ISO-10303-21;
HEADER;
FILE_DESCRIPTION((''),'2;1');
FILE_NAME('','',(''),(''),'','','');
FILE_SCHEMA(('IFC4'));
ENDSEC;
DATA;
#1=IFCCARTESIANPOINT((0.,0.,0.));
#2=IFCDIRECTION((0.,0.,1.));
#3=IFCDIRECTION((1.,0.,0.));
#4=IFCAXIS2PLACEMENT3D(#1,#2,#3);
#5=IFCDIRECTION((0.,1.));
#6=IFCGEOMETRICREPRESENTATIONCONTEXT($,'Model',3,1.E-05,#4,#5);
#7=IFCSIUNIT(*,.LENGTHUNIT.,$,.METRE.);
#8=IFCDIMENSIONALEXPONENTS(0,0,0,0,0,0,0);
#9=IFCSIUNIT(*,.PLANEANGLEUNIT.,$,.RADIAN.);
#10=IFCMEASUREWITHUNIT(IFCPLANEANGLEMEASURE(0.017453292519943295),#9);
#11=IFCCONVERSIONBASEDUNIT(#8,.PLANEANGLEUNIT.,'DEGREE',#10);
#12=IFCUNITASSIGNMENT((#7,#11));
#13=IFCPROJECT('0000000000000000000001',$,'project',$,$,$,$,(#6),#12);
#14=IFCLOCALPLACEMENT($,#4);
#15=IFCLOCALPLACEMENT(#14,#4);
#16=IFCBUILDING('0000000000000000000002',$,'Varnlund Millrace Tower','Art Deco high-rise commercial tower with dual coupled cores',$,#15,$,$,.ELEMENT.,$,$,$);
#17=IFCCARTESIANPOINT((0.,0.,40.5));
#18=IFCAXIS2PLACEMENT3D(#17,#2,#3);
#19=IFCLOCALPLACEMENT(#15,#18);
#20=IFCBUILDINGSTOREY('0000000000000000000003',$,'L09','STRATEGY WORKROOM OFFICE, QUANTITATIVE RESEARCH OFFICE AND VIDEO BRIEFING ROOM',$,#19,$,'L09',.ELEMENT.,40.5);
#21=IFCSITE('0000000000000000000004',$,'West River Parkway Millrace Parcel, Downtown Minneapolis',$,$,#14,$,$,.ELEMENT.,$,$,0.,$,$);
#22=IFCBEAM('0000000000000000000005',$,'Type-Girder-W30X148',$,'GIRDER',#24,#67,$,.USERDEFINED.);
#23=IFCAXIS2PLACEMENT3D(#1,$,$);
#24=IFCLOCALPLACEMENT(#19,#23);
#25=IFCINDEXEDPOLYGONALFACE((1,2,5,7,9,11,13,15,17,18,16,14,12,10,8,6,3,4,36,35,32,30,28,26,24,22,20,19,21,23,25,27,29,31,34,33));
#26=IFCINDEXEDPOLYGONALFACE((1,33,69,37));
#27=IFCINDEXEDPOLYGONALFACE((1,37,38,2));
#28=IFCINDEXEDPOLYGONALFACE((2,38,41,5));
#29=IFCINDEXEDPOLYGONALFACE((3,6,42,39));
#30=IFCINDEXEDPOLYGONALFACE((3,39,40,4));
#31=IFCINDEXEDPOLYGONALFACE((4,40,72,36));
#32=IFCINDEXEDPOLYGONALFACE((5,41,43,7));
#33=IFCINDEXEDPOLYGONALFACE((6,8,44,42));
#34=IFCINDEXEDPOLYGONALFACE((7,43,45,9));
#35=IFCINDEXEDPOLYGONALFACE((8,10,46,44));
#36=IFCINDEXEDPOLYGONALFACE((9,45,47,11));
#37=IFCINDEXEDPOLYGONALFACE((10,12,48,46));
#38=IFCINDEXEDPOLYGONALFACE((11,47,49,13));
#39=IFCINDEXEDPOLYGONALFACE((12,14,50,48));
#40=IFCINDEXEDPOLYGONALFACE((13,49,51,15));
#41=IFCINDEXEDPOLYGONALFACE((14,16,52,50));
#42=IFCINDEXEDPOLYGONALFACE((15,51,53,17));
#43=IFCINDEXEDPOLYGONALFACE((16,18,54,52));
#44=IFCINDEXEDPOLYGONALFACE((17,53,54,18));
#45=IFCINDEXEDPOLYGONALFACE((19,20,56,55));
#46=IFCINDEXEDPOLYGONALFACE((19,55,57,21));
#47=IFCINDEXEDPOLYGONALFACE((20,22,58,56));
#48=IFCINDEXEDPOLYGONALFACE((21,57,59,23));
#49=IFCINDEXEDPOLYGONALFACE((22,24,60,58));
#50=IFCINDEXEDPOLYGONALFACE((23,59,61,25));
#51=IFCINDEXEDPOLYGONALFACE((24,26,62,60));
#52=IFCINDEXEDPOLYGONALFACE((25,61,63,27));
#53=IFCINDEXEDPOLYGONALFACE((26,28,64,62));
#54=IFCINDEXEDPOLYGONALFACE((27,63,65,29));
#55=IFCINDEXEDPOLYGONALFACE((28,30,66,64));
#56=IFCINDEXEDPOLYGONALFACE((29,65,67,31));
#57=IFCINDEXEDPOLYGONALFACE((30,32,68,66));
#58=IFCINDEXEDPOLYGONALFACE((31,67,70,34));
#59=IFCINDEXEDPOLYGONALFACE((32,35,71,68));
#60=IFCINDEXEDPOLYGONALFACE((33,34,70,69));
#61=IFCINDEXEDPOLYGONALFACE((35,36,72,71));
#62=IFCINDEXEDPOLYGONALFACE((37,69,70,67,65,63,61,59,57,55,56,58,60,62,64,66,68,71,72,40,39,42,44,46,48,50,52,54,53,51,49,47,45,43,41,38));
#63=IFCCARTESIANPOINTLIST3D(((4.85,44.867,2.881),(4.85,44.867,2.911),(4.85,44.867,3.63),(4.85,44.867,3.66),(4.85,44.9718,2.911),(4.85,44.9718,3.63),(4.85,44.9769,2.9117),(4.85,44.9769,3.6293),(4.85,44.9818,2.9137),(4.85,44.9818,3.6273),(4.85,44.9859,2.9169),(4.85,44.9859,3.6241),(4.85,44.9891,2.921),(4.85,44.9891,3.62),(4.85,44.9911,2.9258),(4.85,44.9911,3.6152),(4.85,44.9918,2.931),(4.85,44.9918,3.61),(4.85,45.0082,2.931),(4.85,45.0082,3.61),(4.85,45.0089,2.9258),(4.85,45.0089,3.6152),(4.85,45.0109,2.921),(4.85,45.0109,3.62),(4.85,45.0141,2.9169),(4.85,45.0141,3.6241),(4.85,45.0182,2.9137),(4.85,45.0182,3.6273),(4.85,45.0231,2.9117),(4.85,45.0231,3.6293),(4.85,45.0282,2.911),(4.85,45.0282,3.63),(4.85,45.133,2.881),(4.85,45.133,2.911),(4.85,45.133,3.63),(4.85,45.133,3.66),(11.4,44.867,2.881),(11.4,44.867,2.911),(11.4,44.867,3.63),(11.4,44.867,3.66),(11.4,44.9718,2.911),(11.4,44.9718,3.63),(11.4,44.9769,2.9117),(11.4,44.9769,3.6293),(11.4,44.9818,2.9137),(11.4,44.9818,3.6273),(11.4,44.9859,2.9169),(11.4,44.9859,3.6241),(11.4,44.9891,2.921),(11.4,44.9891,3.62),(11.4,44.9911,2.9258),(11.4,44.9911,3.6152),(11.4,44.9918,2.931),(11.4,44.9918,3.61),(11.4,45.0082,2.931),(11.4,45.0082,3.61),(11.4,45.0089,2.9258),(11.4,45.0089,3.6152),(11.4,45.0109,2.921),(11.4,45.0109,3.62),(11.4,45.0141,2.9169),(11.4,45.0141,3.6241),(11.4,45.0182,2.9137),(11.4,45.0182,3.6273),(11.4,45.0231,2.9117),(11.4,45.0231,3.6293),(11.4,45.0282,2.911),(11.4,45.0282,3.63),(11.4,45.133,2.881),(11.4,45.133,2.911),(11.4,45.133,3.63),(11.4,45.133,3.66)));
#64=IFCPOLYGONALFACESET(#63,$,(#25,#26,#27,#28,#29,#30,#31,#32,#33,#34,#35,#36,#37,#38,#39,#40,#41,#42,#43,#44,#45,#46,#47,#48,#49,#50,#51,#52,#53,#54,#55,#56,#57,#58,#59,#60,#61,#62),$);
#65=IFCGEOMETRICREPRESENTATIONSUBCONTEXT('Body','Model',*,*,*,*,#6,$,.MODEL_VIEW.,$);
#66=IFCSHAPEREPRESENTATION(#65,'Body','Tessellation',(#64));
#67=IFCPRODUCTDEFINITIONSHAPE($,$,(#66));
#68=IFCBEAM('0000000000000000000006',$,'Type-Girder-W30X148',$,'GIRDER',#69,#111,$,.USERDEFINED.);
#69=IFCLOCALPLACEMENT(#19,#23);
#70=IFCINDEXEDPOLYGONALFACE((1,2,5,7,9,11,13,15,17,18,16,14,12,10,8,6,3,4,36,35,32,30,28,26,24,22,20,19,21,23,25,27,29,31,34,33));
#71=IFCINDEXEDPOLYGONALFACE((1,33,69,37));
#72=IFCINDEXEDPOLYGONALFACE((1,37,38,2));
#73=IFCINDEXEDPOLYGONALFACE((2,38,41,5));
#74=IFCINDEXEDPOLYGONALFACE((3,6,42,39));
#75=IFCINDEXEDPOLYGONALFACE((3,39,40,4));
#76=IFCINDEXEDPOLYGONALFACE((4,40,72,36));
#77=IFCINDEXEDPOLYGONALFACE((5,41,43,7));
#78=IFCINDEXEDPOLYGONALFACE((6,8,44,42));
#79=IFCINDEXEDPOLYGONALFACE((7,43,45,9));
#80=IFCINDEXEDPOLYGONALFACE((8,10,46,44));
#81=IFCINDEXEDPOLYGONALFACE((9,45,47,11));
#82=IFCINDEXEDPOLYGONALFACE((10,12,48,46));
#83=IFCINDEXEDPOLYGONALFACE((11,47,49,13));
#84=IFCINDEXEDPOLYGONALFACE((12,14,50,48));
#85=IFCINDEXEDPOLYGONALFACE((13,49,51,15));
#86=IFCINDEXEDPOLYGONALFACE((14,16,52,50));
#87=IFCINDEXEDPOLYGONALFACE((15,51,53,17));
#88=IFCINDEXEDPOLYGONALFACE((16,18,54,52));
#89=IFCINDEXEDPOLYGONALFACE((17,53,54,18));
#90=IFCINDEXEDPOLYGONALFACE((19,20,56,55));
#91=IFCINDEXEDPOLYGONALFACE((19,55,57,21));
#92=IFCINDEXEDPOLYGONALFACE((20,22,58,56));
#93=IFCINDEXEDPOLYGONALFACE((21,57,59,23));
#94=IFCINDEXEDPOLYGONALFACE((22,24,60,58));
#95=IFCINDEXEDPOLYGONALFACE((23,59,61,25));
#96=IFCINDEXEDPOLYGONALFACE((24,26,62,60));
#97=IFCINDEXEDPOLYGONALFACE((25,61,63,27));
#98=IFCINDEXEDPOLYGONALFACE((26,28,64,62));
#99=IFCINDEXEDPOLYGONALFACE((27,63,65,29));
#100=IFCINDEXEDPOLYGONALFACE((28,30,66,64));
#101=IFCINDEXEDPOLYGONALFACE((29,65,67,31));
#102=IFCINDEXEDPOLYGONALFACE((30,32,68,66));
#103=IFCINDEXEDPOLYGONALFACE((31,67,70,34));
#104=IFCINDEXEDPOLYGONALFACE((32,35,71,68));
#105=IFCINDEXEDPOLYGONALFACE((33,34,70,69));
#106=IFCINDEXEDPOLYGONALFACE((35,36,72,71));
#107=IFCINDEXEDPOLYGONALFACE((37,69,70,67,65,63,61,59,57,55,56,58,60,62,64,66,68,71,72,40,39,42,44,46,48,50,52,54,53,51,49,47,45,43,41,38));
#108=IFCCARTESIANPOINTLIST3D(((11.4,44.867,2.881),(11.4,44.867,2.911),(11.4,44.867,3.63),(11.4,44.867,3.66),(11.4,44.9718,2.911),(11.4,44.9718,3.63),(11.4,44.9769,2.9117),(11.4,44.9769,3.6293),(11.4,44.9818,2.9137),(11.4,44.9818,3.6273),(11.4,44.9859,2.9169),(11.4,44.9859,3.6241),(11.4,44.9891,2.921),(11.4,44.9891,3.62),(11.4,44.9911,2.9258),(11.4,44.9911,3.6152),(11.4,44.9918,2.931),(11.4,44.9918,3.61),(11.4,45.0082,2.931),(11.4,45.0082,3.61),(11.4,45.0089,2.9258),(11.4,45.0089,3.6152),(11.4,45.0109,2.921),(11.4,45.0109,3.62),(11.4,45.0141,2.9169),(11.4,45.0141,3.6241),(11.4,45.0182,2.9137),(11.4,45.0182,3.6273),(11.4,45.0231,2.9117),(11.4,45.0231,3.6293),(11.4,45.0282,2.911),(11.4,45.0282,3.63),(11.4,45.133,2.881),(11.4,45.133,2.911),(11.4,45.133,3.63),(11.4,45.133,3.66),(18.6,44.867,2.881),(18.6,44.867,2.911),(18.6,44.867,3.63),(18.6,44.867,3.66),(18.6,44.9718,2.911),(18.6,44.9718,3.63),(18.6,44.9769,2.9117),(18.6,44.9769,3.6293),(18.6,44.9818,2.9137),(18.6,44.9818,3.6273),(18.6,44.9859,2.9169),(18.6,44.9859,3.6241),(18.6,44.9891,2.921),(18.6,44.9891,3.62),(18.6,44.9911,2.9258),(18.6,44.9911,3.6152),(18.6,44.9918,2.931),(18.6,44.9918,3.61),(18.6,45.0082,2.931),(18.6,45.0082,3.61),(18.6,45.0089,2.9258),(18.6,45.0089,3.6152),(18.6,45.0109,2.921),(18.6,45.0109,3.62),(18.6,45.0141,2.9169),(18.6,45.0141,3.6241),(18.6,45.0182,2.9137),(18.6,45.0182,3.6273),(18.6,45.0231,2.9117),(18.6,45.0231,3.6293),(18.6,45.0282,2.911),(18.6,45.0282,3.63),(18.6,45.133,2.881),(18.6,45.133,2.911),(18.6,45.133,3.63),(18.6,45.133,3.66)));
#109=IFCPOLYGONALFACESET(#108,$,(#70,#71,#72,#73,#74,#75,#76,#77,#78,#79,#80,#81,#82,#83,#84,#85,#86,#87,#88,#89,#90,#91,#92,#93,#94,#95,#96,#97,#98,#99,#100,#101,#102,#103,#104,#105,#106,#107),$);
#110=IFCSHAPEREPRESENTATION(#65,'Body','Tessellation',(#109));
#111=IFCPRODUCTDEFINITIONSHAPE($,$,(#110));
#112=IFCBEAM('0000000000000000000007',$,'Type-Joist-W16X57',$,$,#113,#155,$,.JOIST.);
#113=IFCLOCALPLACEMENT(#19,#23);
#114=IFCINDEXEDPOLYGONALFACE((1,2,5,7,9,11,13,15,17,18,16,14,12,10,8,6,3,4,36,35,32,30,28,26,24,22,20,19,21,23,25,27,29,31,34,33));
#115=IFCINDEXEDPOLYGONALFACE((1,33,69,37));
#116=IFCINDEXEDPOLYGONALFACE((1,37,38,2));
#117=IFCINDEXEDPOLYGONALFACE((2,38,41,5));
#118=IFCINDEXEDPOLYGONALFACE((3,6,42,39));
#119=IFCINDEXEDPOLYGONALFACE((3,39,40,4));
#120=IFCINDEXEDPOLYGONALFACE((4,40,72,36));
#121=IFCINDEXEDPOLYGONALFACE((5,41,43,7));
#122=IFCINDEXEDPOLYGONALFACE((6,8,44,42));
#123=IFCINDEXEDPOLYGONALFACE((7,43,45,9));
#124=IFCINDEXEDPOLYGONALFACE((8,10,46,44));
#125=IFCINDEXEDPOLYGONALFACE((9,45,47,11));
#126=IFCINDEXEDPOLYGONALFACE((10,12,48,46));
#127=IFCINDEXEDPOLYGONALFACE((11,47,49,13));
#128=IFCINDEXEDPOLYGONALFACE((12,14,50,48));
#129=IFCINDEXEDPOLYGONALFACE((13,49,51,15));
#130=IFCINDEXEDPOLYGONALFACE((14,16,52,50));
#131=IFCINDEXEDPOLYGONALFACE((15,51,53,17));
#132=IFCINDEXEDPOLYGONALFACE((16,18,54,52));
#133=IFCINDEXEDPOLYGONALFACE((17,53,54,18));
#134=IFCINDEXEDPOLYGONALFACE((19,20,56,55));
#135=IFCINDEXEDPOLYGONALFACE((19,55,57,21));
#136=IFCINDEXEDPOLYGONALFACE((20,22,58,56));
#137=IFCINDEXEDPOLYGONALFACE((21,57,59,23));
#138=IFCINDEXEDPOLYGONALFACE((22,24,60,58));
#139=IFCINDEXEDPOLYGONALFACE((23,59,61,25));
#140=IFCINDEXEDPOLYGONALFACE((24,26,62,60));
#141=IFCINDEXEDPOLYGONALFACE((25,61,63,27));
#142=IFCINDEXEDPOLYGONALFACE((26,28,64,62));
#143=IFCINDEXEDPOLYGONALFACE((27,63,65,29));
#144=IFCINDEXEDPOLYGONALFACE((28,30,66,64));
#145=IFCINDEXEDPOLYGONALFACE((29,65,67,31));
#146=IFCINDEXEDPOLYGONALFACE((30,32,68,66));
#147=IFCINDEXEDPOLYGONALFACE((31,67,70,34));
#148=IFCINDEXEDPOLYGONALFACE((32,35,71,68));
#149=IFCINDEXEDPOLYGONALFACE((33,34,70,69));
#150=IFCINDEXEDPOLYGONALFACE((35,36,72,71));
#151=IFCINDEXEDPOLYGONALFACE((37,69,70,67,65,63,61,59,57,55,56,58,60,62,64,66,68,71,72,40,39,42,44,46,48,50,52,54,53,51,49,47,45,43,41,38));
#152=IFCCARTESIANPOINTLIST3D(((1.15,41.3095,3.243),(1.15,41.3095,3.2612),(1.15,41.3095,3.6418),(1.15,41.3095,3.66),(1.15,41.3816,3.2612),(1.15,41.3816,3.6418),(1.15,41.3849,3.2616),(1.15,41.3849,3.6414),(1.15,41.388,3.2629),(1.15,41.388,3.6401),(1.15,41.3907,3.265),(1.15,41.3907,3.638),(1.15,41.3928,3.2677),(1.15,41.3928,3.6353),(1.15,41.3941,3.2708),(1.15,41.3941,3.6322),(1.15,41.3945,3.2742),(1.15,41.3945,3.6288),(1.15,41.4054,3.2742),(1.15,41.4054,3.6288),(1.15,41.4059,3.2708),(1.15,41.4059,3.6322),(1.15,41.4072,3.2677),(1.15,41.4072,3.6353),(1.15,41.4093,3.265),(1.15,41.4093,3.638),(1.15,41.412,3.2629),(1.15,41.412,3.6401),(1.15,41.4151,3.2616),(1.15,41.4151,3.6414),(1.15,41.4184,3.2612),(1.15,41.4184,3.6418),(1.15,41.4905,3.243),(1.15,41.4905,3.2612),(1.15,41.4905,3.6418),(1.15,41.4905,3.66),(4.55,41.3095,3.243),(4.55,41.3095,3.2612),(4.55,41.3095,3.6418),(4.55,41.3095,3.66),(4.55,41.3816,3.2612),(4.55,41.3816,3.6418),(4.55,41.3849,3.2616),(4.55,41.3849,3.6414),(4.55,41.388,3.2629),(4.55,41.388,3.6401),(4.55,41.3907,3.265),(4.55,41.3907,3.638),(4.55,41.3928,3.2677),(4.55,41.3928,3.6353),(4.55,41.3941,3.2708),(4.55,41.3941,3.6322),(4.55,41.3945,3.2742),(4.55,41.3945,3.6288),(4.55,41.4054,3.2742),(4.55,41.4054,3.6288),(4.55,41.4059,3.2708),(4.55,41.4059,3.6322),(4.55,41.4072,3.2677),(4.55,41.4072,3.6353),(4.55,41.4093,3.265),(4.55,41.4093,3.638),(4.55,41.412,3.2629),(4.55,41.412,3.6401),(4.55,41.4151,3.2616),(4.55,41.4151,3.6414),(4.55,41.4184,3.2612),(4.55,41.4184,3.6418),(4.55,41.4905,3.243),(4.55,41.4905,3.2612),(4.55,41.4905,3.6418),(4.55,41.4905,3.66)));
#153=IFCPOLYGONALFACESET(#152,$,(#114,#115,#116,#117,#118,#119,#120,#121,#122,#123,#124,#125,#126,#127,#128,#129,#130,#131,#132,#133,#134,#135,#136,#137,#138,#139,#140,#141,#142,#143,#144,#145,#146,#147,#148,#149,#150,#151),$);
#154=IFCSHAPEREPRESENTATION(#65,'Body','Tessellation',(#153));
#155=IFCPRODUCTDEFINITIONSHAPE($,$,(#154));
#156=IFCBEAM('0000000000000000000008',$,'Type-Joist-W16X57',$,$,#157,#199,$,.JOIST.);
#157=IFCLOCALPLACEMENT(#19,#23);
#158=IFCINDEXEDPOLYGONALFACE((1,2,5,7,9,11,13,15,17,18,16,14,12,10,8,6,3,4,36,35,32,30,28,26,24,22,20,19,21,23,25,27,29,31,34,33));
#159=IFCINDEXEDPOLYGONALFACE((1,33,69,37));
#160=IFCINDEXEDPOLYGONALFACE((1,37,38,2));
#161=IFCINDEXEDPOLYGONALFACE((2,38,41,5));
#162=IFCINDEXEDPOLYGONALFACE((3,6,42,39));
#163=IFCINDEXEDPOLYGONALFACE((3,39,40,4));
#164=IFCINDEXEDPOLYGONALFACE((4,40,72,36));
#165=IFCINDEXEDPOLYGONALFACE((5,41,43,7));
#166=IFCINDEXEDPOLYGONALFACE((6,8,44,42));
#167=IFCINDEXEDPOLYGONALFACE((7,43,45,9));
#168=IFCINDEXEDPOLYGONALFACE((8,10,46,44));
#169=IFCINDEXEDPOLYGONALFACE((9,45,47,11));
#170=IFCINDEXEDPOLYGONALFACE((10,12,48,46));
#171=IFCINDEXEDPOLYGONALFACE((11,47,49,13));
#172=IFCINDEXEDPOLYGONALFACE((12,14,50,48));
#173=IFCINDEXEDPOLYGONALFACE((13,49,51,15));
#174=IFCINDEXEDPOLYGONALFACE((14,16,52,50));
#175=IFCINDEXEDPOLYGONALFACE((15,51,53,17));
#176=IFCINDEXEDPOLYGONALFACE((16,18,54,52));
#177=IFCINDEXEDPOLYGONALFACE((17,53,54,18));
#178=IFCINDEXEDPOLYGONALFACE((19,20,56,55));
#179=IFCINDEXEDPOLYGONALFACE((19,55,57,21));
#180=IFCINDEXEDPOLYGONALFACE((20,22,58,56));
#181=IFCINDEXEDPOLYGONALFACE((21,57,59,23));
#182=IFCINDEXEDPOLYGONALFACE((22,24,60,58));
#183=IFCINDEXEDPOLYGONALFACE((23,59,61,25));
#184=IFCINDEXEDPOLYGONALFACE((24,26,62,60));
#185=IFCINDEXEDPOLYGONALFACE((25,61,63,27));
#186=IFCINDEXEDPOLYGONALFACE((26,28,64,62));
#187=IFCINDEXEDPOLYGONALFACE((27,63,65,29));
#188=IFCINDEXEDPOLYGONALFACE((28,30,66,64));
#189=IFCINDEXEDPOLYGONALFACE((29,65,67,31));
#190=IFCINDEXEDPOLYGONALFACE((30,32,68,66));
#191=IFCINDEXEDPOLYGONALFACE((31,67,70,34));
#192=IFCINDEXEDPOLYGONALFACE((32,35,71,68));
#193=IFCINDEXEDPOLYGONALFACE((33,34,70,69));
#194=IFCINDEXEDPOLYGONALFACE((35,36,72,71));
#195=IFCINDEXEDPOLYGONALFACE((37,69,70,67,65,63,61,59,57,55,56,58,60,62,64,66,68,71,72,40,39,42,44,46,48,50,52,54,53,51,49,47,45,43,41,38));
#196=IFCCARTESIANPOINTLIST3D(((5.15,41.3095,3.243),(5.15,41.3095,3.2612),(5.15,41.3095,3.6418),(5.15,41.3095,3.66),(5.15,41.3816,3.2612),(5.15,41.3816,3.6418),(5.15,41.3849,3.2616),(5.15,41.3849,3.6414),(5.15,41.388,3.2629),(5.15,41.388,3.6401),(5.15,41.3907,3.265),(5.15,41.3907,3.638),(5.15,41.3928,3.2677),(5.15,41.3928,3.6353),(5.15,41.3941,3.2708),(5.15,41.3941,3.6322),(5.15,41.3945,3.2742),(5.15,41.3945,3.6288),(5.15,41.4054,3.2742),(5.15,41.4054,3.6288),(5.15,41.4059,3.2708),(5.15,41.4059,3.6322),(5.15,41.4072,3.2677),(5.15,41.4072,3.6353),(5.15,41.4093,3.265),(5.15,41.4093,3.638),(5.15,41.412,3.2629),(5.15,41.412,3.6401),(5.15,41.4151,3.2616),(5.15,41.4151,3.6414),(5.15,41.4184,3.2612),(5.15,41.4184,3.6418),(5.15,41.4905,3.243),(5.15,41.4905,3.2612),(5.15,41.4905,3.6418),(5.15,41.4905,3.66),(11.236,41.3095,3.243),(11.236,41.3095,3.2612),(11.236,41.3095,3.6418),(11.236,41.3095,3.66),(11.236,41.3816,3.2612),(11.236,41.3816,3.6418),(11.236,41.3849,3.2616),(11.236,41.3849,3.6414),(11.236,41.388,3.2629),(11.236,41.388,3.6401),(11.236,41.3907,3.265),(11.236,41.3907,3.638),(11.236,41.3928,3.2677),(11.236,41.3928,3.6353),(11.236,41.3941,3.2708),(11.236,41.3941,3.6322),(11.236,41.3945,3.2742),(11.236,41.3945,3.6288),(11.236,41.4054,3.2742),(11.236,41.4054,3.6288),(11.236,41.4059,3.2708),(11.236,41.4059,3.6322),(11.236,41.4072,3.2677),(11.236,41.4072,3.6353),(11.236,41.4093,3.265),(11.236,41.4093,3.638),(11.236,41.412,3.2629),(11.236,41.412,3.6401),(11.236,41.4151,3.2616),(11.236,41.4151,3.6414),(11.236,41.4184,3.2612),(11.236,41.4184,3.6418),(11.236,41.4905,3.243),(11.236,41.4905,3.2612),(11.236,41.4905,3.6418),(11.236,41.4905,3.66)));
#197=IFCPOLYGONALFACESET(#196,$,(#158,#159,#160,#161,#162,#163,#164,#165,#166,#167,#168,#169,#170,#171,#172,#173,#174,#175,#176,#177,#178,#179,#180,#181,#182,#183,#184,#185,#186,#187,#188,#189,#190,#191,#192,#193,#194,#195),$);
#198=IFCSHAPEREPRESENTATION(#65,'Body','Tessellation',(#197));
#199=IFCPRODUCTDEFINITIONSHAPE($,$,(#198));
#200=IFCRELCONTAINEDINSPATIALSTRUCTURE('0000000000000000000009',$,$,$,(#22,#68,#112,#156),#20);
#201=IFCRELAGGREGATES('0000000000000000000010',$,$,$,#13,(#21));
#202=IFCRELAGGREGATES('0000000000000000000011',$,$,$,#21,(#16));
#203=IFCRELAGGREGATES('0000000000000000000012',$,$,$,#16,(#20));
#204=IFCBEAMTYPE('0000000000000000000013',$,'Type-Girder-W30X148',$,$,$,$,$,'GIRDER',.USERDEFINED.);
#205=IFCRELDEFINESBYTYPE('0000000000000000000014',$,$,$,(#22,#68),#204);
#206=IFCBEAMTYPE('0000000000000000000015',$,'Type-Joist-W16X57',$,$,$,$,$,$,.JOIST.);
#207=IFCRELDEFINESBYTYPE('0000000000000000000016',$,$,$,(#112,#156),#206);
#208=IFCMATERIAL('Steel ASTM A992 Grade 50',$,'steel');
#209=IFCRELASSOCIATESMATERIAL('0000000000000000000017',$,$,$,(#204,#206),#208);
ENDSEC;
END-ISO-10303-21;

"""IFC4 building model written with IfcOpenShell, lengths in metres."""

from ifc_helpers import new_model, entity, si_unit, converted_unit, direction, frame, origin_with_axes, origin_2d_with_axis, place, context, subcontext, project, spatial, i_section, extrude, material, material_profile, profile_set, type_object, element, save


model = new_model("IFC4")

# Units and contexts
model_context = context("Model", 3, precision=1e-05, world=origin_with_axes(), true_north=direction((0.0, 1.0)))
body_context = subcontext(model_context, "Body", "Model", "MODEL_VIEW")
ifc_project = project(units=[si_unit("LENGTHUNIT", "METRE"), converted_unit("PLANEANGLEUNIT", "DEGREE", entity("IfcPlaneAngleMeasure", 0.017453292519943295), si_unit("PLANEANGLEUNIT", "RADIAN"), dimensions=[0, 0, 0, 0, 0, 0, 0])], contexts=[model_context])

# Site, building, storey
site_placement = place(None, origin_with_axes())
site = spatial("IfcSite", under=ifc_project, at=site_placement, Name="West River Parkway Millrace Parcel, Downtown Minneapolis", CompositionType="ELEMENT", RefElevation=0.0)
building_placement = place(site_placement, origin_with_axes())
building = spatial("IfcBuilding", under=site, at=building_placement, Name="Varnlund Millrace Tower", Description="Art Deco high-rise commercial tower with dual coupled cores", CompositionType="ELEMENT")
storey_placement = place(building_placement, frame((0.0, 0.0, 40.5), z_axis=(0.0, 0.0, 1.0), x_axis=(1.0, 0.0, 0.0)))
storey = spatial("IfcBuildingStorey", under=building, at=storey_placement, Name="L09", Description="STRATEGY WORKROOM OFFICE, QUANTITATIVE RESEARCH OFFICE AND VIDEO BRIEFING ROOM", LongName="L09", CompositionType="ELEMENT", Elevation=40.5)

# Beams
ifc_material_1 = material(Name="Steel ASTM A992 Grade 50", Category="steel")
ifc_material_profile_1 = material_profile(ifc_material_1, i_section(OverallWidth=0.266, OverallDepth=0.779, WebThickness=0.0165, FlangeThickness=0.03, FilletRadius=0.02, at=origin_2d_with_axis()), Name="Steel ASTM A992 Grade 50")
ifc_profile_set_1 = profile_set([ifc_material_profile_1], Name="Steel ASTM A992 Grade 50")
beam_type_1 = type_object("IfcBeamType", Name="Type-Girder-W30X148", ElementType="GIRDER", PredefinedType="USERDEFINED", material=ifc_profile_set_1)
beam_1_placement = place(storey_placement, frame((4.85, 45.0, 3.2705), z_axis=(1.0, 0.0, 0.0), x_axis=(0.0, 1.0, 0.0)))
element("IfcBeam", 1, at=beam_1_placement, inside=storey, type_object=beam_type_1, Name="Type-Girder-W30X148", ObjectType="GIRDER", PredefinedType="USERDEFINED", context=body_context, shape_type="SweptSolid", body=[
    extrude(i_section(OverallWidth=0.266, OverallDepth=0.779, WebThickness=0.0165, FlangeThickness=0.03, FilletRadius=0.02, at=origin_2d_with_axis()), origin_with_axes(), (0.0, 0.0, 1.0), 6.55),
])
beam_2_placement = place(storey_placement, frame((11.4, 45.0, 3.2705), z_axis=(1.0, 0.0, 0.0), x_axis=(0.0, 1.0, 0.0)))
element("IfcBeam", 2, at=beam_2_placement, inside=storey, type_object=beam_type_1, Name="Type-Girder-W30X148", ObjectType="GIRDER", PredefinedType="USERDEFINED", context=body_context, shape_type="SweptSolid", body=[
    extrude(i_section(OverallWidth=0.266, OverallDepth=0.779, WebThickness=0.0165, FlangeThickness=0.03, FilletRadius=0.02, at=origin_2d_with_axis()), origin_with_axes(), (0.0, 0.0, 1.0), 7.2),
])
ifc_material_profile_2 = material_profile(ifc_material_1, i_section(OverallWidth=0.181, OverallDepth=0.417, WebThickness=0.0109, FlangeThickness=0.0182, FilletRadius=0.013, at=origin_2d_with_axis()), Name="Steel ASTM A992 Grade 50")
ifc_profile_set_2 = profile_set([ifc_material_profile_2], Name="Steel ASTM A992 Grade 50")
beam_type_2 = type_object("IfcBeamType", Name="Type-Joist-W16X57", PredefinedType="JOIST", material=ifc_profile_set_2)
beam_3_placement = place(storey_placement, frame((1.15, 41.4, 3.4515), z_axis=(1.0, 0.0, 0.0), x_axis=(0.0, 1.0, 0.0)))
element("IfcBeam", 3, at=beam_3_placement, inside=storey, type_object=beam_type_2, Name="Type-Joist-W16X57", PredefinedType="JOIST", context=body_context, shape_type="SweptSolid", body=[
    extrude(i_section(OverallWidth=0.181, OverallDepth=0.417, WebThickness=0.0109, FlangeThickness=0.0182, FilletRadius=0.013, at=origin_2d_with_axis()), origin_with_axes(), (0.0, 0.0, 1.0), 3.4),
])
beam_4_placement = place(storey_placement, frame((5.15, 41.4, 3.4515), z_axis=(1.0, 0.0, 0.0), x_axis=(0.0, 1.0, 0.0)))
element("IfcBeam", 4, at=beam_4_placement, inside=storey, type_object=beam_type_2, Name="Type-Joist-W16X57", PredefinedType="JOIST", context=body_context, shape_type="SweptSolid", body=[
    extrude(i_section(OverallWidth=0.181, OverallDepth=0.417, WebThickness=0.0109, FlangeThickness=0.0182, FilletRadius=0.013, at=origin_2d_with_axis()), origin_with_axes(), (0.0, 0.0, 1.0), 6.086),
])

save(model, "model.ifc")
